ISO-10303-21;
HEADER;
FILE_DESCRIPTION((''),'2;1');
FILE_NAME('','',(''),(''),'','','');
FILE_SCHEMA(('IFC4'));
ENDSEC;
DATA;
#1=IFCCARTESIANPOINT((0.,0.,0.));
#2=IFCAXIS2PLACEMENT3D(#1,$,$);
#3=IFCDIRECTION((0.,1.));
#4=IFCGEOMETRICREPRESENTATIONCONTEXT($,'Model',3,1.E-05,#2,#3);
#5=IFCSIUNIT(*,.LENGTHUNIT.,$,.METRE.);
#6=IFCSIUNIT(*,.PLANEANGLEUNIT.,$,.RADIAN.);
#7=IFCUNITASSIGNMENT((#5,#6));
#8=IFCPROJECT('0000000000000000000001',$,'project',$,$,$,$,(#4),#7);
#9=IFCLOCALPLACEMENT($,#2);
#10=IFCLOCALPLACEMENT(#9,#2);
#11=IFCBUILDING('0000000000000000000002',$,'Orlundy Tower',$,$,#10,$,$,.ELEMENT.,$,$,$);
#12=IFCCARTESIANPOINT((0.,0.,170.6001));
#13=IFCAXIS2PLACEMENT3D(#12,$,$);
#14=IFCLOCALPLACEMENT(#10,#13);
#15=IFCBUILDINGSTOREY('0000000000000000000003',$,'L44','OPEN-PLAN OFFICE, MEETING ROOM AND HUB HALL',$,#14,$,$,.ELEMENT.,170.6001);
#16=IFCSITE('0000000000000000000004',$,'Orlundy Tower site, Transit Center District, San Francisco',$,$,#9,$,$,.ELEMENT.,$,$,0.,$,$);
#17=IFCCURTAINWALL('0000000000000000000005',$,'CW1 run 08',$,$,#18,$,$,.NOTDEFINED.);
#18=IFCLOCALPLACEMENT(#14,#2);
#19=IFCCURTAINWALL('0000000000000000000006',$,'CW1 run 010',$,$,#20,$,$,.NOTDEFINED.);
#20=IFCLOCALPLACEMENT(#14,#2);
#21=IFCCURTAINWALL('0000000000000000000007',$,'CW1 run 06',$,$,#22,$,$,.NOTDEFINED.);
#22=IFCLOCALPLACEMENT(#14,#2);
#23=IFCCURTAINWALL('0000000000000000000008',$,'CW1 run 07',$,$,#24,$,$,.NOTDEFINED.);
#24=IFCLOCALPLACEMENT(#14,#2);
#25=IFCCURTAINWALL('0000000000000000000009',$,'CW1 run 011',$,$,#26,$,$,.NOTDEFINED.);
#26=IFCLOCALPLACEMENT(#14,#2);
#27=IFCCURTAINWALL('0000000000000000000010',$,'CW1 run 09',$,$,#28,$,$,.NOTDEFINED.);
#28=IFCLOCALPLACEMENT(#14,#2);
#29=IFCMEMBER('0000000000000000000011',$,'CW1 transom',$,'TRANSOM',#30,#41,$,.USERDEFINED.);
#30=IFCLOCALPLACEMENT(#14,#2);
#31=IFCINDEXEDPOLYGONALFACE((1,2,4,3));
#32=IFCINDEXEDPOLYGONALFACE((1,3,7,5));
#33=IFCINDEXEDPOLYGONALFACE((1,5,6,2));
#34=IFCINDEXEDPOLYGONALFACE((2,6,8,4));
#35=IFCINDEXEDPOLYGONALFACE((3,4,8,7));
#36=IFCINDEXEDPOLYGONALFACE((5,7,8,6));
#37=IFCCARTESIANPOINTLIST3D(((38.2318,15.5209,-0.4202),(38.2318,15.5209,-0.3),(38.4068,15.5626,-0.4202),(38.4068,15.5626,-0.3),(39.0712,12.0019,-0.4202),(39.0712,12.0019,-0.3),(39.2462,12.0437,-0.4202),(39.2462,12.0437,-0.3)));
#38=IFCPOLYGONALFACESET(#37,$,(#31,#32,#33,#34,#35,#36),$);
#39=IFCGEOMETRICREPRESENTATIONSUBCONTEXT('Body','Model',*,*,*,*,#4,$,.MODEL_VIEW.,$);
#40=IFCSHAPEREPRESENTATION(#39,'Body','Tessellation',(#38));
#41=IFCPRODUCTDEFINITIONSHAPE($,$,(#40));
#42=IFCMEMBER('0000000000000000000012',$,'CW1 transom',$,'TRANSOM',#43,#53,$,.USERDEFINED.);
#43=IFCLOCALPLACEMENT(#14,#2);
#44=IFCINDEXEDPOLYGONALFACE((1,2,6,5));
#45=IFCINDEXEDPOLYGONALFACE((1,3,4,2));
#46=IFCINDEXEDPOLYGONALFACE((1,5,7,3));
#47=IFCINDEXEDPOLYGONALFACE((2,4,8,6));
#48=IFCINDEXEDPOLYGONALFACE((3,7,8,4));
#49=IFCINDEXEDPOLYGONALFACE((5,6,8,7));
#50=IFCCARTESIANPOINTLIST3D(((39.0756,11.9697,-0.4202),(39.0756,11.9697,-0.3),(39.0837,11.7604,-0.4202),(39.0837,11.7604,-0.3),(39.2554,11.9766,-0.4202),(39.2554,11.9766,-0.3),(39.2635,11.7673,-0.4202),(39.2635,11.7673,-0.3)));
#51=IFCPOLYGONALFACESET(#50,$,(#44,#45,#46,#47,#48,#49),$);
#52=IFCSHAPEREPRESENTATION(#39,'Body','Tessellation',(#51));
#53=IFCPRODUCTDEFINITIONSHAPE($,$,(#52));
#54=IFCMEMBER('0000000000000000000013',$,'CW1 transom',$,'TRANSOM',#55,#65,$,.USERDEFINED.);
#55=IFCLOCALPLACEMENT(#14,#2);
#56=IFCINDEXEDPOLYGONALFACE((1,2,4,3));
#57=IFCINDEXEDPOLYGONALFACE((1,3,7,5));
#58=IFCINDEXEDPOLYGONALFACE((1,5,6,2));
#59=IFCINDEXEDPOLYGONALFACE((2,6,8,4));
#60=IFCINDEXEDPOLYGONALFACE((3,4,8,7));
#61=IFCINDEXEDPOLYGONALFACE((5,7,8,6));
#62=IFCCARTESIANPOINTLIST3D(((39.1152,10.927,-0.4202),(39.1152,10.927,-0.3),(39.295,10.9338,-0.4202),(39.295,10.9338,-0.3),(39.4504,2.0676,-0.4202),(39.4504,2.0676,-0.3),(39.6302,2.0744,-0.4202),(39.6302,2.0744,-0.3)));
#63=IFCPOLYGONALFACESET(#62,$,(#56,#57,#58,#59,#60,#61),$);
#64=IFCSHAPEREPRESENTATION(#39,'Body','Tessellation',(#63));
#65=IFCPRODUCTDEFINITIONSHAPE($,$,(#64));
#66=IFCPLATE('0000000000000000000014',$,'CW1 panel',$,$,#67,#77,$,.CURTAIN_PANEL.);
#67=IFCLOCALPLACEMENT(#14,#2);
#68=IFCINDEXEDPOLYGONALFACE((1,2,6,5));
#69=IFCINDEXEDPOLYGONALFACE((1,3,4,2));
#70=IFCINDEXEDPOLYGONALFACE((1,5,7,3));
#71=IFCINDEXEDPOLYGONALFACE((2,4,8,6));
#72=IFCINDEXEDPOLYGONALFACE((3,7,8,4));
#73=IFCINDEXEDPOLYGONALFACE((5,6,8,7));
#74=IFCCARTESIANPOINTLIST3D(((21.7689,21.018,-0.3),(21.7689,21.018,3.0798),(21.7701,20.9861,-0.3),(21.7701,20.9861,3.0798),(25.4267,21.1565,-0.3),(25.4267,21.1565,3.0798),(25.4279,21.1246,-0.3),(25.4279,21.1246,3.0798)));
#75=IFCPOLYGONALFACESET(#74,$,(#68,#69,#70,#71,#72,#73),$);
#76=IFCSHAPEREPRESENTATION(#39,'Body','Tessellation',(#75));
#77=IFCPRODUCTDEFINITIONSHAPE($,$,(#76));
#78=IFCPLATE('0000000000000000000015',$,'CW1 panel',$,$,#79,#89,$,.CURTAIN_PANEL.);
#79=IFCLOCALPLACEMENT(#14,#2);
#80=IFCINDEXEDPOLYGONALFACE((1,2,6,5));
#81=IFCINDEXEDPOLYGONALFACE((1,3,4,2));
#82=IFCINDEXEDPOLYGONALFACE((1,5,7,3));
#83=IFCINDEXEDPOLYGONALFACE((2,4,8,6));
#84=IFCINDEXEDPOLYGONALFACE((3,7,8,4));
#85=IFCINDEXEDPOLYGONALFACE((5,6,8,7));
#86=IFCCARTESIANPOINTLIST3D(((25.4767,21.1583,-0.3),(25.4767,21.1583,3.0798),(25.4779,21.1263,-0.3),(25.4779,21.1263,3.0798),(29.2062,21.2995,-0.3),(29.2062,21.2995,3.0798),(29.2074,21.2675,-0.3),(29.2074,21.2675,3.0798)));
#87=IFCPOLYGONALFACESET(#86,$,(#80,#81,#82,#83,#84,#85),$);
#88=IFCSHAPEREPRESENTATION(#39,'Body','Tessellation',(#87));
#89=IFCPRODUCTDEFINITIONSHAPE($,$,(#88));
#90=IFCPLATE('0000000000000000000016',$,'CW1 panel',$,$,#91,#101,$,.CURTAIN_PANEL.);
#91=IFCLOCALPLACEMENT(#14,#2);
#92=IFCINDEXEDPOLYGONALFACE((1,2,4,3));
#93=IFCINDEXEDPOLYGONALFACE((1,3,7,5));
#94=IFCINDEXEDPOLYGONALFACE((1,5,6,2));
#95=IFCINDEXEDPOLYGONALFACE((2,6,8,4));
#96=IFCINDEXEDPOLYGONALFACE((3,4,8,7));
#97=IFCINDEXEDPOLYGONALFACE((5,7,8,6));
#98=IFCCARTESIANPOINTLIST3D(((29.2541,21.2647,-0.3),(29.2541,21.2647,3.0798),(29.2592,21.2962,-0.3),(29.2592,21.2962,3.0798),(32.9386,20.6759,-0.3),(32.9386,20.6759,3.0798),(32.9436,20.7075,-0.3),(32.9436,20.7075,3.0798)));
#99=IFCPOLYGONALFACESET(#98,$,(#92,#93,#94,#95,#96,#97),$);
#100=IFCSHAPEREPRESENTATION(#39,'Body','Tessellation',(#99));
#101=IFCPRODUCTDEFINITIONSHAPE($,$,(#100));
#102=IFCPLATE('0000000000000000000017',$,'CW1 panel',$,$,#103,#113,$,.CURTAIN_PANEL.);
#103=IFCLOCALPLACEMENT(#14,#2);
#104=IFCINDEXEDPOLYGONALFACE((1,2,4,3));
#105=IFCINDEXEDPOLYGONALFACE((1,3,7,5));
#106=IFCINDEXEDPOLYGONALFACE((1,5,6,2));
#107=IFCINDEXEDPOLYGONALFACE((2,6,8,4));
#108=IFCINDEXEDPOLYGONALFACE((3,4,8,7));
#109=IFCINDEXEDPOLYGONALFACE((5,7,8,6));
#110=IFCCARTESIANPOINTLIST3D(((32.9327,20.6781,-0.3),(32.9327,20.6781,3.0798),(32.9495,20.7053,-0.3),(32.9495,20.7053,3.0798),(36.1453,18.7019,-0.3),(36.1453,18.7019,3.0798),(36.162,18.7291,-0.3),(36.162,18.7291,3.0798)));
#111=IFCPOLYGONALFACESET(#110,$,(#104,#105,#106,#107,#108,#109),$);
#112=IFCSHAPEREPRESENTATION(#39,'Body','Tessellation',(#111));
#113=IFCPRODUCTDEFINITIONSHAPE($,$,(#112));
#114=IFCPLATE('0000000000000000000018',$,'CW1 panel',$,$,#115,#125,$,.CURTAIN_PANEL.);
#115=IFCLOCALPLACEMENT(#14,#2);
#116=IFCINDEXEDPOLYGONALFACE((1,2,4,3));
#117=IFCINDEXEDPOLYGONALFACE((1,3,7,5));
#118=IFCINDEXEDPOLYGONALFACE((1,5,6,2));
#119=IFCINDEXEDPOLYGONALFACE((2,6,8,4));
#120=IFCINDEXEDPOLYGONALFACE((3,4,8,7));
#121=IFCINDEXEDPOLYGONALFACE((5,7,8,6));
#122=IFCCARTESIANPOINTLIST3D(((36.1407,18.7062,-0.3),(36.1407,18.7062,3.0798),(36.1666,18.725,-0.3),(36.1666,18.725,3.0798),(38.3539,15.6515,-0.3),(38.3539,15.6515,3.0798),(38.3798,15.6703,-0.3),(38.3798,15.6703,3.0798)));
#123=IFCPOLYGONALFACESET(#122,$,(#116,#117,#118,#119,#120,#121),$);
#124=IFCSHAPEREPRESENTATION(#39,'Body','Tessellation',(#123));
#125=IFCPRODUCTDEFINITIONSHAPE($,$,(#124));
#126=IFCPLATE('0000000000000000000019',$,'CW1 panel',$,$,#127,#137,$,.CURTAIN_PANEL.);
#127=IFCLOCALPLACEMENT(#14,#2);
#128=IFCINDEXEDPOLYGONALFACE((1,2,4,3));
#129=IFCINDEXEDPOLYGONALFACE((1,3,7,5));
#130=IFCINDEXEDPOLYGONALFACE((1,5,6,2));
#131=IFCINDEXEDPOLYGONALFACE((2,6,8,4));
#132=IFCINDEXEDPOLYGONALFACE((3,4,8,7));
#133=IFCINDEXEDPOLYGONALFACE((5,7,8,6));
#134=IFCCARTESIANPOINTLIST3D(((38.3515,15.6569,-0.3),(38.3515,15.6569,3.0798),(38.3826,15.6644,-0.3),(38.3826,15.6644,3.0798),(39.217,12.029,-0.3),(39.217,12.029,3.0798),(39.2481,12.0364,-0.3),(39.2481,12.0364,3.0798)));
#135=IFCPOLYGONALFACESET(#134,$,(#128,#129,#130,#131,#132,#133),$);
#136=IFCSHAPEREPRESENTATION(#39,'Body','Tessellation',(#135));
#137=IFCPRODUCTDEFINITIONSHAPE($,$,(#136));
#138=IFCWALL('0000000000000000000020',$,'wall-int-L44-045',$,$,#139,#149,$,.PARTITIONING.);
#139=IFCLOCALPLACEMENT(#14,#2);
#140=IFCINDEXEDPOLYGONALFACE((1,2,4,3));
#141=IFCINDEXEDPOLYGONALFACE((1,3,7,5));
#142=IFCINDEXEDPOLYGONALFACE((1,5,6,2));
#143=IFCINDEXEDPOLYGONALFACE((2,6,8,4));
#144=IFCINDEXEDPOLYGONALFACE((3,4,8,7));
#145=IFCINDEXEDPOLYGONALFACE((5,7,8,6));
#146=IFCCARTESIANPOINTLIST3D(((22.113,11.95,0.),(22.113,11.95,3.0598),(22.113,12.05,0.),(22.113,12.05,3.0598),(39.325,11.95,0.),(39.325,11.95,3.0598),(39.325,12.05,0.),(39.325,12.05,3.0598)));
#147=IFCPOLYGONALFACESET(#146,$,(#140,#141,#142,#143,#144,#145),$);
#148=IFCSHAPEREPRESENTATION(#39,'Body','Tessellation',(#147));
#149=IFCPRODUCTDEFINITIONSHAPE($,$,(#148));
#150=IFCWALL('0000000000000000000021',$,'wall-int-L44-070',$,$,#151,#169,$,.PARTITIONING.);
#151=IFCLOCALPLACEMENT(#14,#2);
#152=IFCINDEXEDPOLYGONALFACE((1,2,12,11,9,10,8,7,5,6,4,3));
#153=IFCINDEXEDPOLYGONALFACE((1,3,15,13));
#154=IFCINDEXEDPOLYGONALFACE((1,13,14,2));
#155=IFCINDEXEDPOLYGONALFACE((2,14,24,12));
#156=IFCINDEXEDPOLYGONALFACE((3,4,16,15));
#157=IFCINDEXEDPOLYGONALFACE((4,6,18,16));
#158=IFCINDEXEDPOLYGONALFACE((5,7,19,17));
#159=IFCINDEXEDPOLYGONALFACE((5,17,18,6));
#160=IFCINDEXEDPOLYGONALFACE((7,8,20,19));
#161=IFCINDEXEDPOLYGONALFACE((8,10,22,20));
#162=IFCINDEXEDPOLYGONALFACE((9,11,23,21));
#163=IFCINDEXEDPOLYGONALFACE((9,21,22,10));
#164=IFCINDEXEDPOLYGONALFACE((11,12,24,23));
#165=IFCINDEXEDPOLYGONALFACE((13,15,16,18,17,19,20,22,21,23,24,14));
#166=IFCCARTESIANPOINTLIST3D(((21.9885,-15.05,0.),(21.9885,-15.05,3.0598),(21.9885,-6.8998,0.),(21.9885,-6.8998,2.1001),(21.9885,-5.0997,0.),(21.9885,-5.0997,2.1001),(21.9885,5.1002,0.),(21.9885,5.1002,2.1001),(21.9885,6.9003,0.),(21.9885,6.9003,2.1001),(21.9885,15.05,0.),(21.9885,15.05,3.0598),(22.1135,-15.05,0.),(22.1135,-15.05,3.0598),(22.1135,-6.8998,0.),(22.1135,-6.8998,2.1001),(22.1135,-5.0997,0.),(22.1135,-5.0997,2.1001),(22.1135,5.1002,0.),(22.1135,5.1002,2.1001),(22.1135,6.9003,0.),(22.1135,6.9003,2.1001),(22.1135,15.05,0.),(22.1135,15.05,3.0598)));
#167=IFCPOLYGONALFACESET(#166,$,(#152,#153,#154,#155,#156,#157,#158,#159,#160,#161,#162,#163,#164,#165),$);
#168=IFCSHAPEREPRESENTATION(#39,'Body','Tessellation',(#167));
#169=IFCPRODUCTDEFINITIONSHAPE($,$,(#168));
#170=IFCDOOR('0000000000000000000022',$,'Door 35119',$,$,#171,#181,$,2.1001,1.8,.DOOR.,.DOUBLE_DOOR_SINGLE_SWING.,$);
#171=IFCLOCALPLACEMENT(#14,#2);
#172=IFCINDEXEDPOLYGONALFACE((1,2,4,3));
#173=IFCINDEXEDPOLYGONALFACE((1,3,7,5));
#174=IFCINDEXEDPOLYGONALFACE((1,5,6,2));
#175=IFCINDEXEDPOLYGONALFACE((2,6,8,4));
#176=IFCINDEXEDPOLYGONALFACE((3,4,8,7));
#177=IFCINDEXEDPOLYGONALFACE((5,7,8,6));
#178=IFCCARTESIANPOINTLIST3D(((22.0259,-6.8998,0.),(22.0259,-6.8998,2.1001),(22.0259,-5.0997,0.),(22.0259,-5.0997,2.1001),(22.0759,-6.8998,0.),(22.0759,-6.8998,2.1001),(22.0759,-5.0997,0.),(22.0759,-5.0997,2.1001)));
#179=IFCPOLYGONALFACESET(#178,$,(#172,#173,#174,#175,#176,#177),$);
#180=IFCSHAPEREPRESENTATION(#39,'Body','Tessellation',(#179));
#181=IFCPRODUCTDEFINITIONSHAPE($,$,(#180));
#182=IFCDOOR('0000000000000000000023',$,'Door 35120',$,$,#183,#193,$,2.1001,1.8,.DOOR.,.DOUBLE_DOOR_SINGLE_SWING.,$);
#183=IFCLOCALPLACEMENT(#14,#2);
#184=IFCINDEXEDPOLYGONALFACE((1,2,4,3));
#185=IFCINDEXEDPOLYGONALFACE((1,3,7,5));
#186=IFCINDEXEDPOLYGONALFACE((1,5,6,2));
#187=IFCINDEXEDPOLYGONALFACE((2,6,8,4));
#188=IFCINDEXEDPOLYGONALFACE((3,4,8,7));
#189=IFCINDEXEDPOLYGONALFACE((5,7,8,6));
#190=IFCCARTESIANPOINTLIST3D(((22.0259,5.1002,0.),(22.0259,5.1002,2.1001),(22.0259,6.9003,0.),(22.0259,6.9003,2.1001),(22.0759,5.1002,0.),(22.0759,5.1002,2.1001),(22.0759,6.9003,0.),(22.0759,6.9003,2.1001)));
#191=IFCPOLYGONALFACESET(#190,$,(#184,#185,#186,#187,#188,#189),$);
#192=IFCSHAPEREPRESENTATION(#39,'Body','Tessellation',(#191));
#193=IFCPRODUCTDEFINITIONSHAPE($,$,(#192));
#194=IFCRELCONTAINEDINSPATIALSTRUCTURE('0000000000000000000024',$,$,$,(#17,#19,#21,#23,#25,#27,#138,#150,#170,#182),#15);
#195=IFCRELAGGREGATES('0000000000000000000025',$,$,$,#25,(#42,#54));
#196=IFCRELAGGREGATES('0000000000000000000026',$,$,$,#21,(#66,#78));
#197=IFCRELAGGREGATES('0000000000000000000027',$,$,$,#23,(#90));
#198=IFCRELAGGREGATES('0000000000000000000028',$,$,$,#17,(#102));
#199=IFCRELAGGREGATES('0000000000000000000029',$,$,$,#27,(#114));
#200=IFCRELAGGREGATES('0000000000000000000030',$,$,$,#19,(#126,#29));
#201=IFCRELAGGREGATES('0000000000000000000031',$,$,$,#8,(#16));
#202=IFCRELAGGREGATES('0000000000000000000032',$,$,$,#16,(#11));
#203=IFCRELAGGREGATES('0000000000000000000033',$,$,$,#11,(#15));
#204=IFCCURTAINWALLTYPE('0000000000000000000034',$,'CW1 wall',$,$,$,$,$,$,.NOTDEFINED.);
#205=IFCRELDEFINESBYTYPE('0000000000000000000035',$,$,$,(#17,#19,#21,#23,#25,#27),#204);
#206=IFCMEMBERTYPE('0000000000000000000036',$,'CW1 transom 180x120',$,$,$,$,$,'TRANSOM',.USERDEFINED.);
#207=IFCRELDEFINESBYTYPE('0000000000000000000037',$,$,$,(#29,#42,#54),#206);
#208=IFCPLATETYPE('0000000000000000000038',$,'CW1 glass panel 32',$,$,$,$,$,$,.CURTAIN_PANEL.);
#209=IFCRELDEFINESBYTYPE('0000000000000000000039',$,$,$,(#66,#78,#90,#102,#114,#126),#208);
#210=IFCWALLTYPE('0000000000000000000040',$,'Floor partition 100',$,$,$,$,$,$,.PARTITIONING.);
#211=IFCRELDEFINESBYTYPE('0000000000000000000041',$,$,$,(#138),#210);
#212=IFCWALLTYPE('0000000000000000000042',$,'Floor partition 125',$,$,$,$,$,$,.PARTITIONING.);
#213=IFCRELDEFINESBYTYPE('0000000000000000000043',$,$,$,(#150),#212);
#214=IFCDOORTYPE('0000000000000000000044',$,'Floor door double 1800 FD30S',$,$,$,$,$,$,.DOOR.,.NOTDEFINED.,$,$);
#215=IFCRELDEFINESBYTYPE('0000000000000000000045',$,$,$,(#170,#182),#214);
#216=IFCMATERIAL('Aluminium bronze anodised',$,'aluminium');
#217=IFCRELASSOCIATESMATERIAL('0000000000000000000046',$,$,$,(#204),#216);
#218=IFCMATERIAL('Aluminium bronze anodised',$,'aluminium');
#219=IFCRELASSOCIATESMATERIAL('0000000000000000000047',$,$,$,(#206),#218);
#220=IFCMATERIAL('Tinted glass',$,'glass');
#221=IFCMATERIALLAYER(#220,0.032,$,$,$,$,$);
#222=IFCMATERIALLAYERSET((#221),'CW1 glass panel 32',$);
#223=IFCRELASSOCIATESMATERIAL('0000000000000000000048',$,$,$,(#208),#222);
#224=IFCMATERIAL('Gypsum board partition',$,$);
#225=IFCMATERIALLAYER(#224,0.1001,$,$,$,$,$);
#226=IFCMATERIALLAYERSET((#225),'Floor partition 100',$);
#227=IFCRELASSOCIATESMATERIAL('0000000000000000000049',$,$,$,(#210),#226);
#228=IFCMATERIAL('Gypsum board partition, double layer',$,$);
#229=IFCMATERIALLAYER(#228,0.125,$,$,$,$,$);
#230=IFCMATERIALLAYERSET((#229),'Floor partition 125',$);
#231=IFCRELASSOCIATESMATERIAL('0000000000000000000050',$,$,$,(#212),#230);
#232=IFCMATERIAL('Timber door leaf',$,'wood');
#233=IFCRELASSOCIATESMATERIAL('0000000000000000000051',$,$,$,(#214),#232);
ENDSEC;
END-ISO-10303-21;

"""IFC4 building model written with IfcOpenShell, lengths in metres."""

from ifc_helpers import new_model, si_unit, direction, frame, frame_2d, origin, origin_2d, place, context, subcontext, project, spatial, rectangle, extrude, material, layer, layer_set, material_profile, profile_set, type_object, element, fill, aggregate, save


model = new_model("IFC4")

# Units and contexts
model_context = context("Model", 3, precision=1e-05, world=origin(), true_north=direction((0.0, 1.0)))
body_context = subcontext(model_context, "Body", "Model", "MODEL_VIEW")
ifc_project = project(units=[si_unit("LENGTHUNIT", "METRE"), si_unit("PLANEANGLEUNIT", "RADIAN")], contexts=[model_context])

# Site, building, storey
site_placement = place(None, origin())
site = spatial("IfcSite", under=ifc_project, at=site_placement, Name="Orlundy Tower site, Transit Center District, San Francisco", CompositionType="ELEMENT", RefElevation=0.0)
building_placement = place(site_placement, origin())
building = spatial("IfcBuilding", under=site, at=building_placement, Name="Orlundy Tower", CompositionType="ELEMENT")
storey_placement = place(building_placement, frame((0.0, 0.0, 170.6001)))
storey = spatial("IfcBuildingStorey", under=building, at=storey_placement, Name="L44", Description="OPEN-PLAN OFFICE, MEETING ROOM AND HUB HALL", CompositionType="ELEMENT", Elevation=170.6001)

# Curtain walls
ifc_material_1 = material(Name="Aluminium bronze anodised", Category="aluminium")
curtain_wall_type = type_object("IfcCurtainWallType", Name="CW1 wall", PredefinedType="NOTDEFINED", material=ifc_material_1)
curtain_wall_1_placement = place(storey_placement, origin())
curtain_wall_1 = element("IfcCurtainWall", 1, at=curtain_wall_1_placement, inside=storey, type_object=curtain_wall_type, Name="CW1 run 08", PredefinedType="NOTDEFINED")
curtain_wall_2_placement = place(storey_placement, origin())
curtain_wall_2 = element("IfcCurtainWall", 2, at=curtain_wall_2_placement, inside=storey, type_object=curtain_wall_type, Name="CW1 run 010", PredefinedType="NOTDEFINED")
curtain_wall_3_placement = place(storey_placement, origin())
curtain_wall_3 = element("IfcCurtainWall", 3, at=curtain_wall_3_placement, inside=storey, type_object=curtain_wall_type, Name="CW1 run 06", PredefinedType="NOTDEFINED")
curtain_wall_4_placement = place(storey_placement, origin())
curtain_wall_4 = element("IfcCurtainWall", 4, at=curtain_wall_4_placement, inside=storey, type_object=curtain_wall_type, Name="CW1 run 07", PredefinedType="NOTDEFINED")
curtain_wall_5_placement = place(storey_placement, origin())
curtain_wall_5 = element("IfcCurtainWall", 5, at=curtain_wall_5_placement, inside=storey, type_object=curtain_wall_type, Name="CW1 run 011", PredefinedType="NOTDEFINED")

# Shared definitions
ifc_material_2 = material(Name="Aluminium bronze anodised", Category="aluminium")
ifc_material_profile_1 = material_profile(ifc_material_2, rectangle(XDim=0.1799, YDim=0.1201, at=origin_2d()), Name="CW1 transom 180x120")
ifc_profile_set_1 = profile_set([ifc_material_profile_1], Name="Aluminium bronze anodised")
member_type_1 = type_object("IfcMemberType", Name="CW1 transom 180x120", ElementType="TRANSOM", PredefinedType="USERDEFINED", material=ifc_profile_set_1)

# Curtain wall
curtain_wall_6_placement = place(storey_placement, origin())
curtain_wall_6 = element("IfcCurtainWall", 6, at=curtain_wall_6_placement, inside=storey, type_object=curtain_wall_type, Name="CW1 run 09", PredefinedType="NOTDEFINED")

# Members
member_1_placement = place(storey_placement, frame((38.3193, 15.5417, -0.3601), z_axis=(0.23201, -0.972713, 0.0), x_axis=(0.972713, 0.23201, 0.0)))
member_1 = element("IfcMember", 7, at=member_1_placement, type_object=member_type_1, Name="CW1 transom", ObjectType="TRANSOM", PredefinedType="USERDEFINED", context=body_context, shape_type="SweptSolid", body=[
    extrude(rectangle(XDim=0.1799, YDim=0.1201, at=origin_2d()), origin(), (0.0, 0.0, 1.0), 3.6177),
])
member_2_placement = place(storey_placement, frame((39.1655, 11.9731, -0.3601), z_axis=(0.038478, -0.999259, 0.0), x_axis=(0.999259, 0.038478, 0.0)))
member_2 = element("IfcMember", 8, at=member_2_placement, type_object=member_type_1, Name="CW1 transom", ObjectType="TRANSOM", PredefinedType="USERDEFINED", context=body_context, shape_type="SweptSolid", body=[
    extrude(rectangle(XDim=0.1799, YDim=0.1201, at=origin_2d()), origin(), (0.0, 0.0, 1.0), 0.2095),
])
member_3_placement = place(storey_placement, frame((39.2051, 10.9304, -0.3601), z_axis=(0.037809, -0.999285, 0.0), x_axis=(0.999285, 0.037809, 0.0)))
member_3 = element("IfcMember", 9, at=member_3_placement, type_object=member_type_1, Name="CW1 transom", ObjectType="TRANSOM", PredefinedType="USERDEFINED", context=body_context, shape_type="SweptSolid", body=[
    extrude(rectangle(XDim=0.1799, YDim=0.1201, at=origin_2d()), origin(), (0.0, 0.0, 1.0), 8.8657),
])
aggregate(curtain_wall_5, [member_2, member_3])

# Plates
ifc_material_3 = material(Name="Tinted glass", Category="glass")
ifc_layer_1 = layer(ifc_material_3, 0.032)
ifc_layer_set_1 = layer_set([ifc_layer_1], Name="CW1 glass panel 32")
plate_type = type_object("IfcPlateType", Name="CW1 glass panel 32", PredefinedType="CURTAIN_PANEL", material=ifc_layer_set_1)
plate_1_placement = place(storey_placement, frame((23.5984, 21.0713, -0.3), z_axis=(0.0, 0.0, 1.0), x_axis=(0.999284, 0.037837, 0.0)))
plate_1 = element("IfcPlate", 10, at=plate_1_placement, type_object=plate_type, Name="CW1 panel", PredefinedType="CURTAIN_PANEL", context=body_context, shape_type="SweptSolid", body=[
    extrude(rectangle(XDim=3.6604, YDim=0.032, at=origin_2d()), origin(), (0.0, 0.0, 1.0), 3.3799),
])
plate_2_placement = place(storey_placement, frame((27.342, 21.2129, -0.3), z_axis=(0.0, 0.0, 1.0), x_axis=(0.999284, 0.037837, 0.0)))
plate_2 = element("IfcPlate", 11, at=plate_2_placement, type_object=plate_type, Name="CW1 panel", PredefinedType="CURTAIN_PANEL", context=body_context, shape_type="SweptSolid", body=[
    extrude(rectangle(XDim=3.7322, YDim=0.032, at=origin_2d()), origin(), (0.0, 0.0, 1.0), 3.3799),
])
aggregate(curtain_wall_3, [plate_1, plate_2])
plate_3_placement = place(storey_placement, frame((31.0989, 20.9861, -0.3), z_axis=(0.0, 0.0, 1.0), x_axis=(0.987473, -0.157791, 0.0)))
plate_3 = element("IfcPlate", 12, at=plate_3_placement, type_object=plate_type, Name="CW1 panel", PredefinedType="CURTAIN_PANEL", context=body_context, shape_type="SweptSolid", body=[
    extrude(rectangle(XDim=3.7312, YDim=0.032, at=origin_2d()), origin(), (0.0, 0.0, 1.0), 3.3799),
])
aggregate(curtain_wall_4, [plate_3])
plate_4_placement = place(storey_placement, frame((34.5474, 19.7036, -0.3), z_axis=(0.0, 0.0, 1.0), x_axis=(0.851751, -0.523947, 0.0)))
plate_4 = element("IfcPlate", 13, at=plate_4_placement, type_object=plate_type, Name="CW1 panel", PredefinedType="CURTAIN_PANEL", context=body_context, shape_type="SweptSolid", body=[
    extrude(rectangle(XDim=3.7717, YDim=0.032, at=origin_2d()), origin(), (0.0, 0.0, 1.0), 3.3799),
])
aggregate(curtain_wall_1, [plate_4])
plate_5_placement = place(storey_placement, frame((37.2603, 17.1882, -0.3), z_axis=(0.0, 0.0, 1.0), x_axis=(0.586711, -0.809796, 0.0)))
plate_5 = element("IfcPlate", 14, at=plate_5_placement, type_object=plate_type, Name="CW1 panel", PredefinedType="CURTAIN_PANEL", context=body_context, shape_type="SweptSolid", body=[
    extrude(rectangle(XDim=3.7722, YDim=0.032, at=origin_2d()), origin(), (0.0, 0.0, 1.0), 3.3799),
])
aggregate(curtain_wall_6, [plate_5])
plate_6_placement = place(storey_placement, frame((38.7998, 13.8467, -0.3), z_axis=(0.0, 0.0, 1.0), x_axis=(0.232046, -0.972705, 0.0)))
plate_6 = element("IfcPlate", 15, at=plate_6_placement, type_object=plate_type, Name="CW1 panel", PredefinedType="CURTAIN_PANEL", context=body_context, shape_type="SweptSolid", body=[
    extrude(rectangle(XDim=3.7297, YDim=0.032, at=origin_2d()), origin(), (0.0, 0.0, 1.0), 3.3799),
])
aggregate(curtain_wall_2, [plate_6, member_1])

# Wall
ifc_material_4 = material(Name="Gypsum board partition")
ifc_layer_2 = layer(ifc_material_4, 0.1001)
ifc_layer_set_2 = layer_set([ifc_layer_2], Name="Floor partition 100")
wall_type_1 = type_object("IfcWallType", Name="Floor partition 100", PredefinedType="PARTITIONING", material=ifc_layer_set_2)
wall_1_placement = place(storey_placement, frame((22.113, 12.0, 0.0), z_axis=(0.0, 0.0, 1.0), x_axis=(1.0, 0.0, 0.0)))
element("IfcWall", 16, at=wall_1_placement, inside=storey, type_object=wall_type_1, Name="wall-int-L44-045", PredefinedType="PARTITIONING", context=body_context, shape_type="SweptSolid", body=[
    extrude(rectangle(XDim=17.2119, YDim=0.1001, at=frame_2d((8.606, 0.0))), origin(), (0.0, 0.0, 1.0), 3.0598),
])

# Wall, openings, doors
ifc_material_5 = material(Name="Gypsum board partition, double layer")
ifc_layer_3 = layer(ifc_material_5, 0.125)
ifc_layer_set_3 = layer_set([ifc_layer_3], Name="Floor partition 125")
wall_type_2 = type_object("IfcWallType", Name="Floor partition 125", PredefinedType="PARTITIONING", material=ifc_layer_set_3)
wall_2_placement = place(storey_placement, frame((22.051, 15.05, 0.0), z_axis=(0.0, 0.0, 1.0), x_axis=(0.0, -1.0, 0.0)))
wall_2 = element("IfcWall", 17, at=wall_2_placement, inside=storey, type_object=wall_type_2, Name="wall-int-L44-070", PredefinedType="PARTITIONING", context=body_context, shape_type="SweptSolid", body=[
    extrude(rectangle(XDim=30.1001, YDim=0.125, at=frame_2d((15.05, 0.0))), origin(), (0.0, 0.0, 1.0), 3.0598),
])
opening_1_placement = place(wall_2_placement, frame((20.1499, 0.0, 0.0)))
opening_1 = element("IfcOpeningElement", 18, at=opening_1_placement, cuts=wall_2, PredefinedType="OPENING", context=body_context, shape_type="SweptSolid", body=[
    extrude(rectangle(XDim=1.8, YDim=2.1001, at=frame_2d((0.8999, 1.05))), frame((0.0, 0.0725, 0.0), z_axis=(0.0, -1.0, 0.0), x_axis=(1.0, 0.0, 0.0)), (0.0, 0.0, 1.0), 0.145),
])
opening_2_placement = place(wall_2_placement, frame((8.1499, 0.0, 0.0)))
opening_2 = element("IfcOpeningElement", 19, at=opening_2_placement, cuts=wall_2, PredefinedType="OPENING", context=body_context, shape_type="SweptSolid", body=[
    extrude(rectangle(XDim=1.8, YDim=2.1001, at=frame_2d((0.8999, 1.05))), frame((0.0, 0.0725, 0.0), z_axis=(0.0, -1.0, 0.0), x_axis=(1.0, 0.0, 0.0)), (0.0, 0.0, 1.0), 0.145),
])
ifc_material_6 = material(Name="Timber door leaf", Category="wood")
door_type = type_object("IfcDoorType", Name="Floor door double 1800 FD30S", OperationType="NOTDEFINED", PredefinedType="DOOR", material=ifc_material_6)
door_1_placement = place(opening_1_placement, origin())
door_1 = element("IfcDoor", 20, at=door_1_placement, inside=storey, type_object=door_type, Name="Door 35119", OperationType="DOUBLE_DOOR_SINGLE_SWING", OverallHeight=2.1001, OverallWidth=1.8, PredefinedType="DOOR", context=body_context, shape_type="SweptSolid", body=[
    extrude(rectangle(XDim=1.8, YDim=2.1001, at=frame_2d((0.8999, 1.05))), frame((0.0, 0.0249, 0.0), z_axis=(0.0, -1.0, 0.0), x_axis=(1.0, 0.0, 0.0)), (0.0, 0.0, 1.0), 0.05),
])
fill(opening_1, door_1)
door_2_placement = place(opening_2_placement, origin())
door_2 = element("IfcDoor", 21, at=door_2_placement, inside=storey, type_object=door_type, Name="Door 35120", OperationType="DOUBLE_DOOR_SINGLE_SWING", OverallHeight=2.1001, OverallWidth=1.8, PredefinedType="DOOR", context=body_context, shape_type="SweptSolid", body=[
    extrude(rectangle(XDim=1.8, YDim=2.1001, at=frame_2d((0.8999, 1.05))), frame((0.0, 0.0249, 0.0), z_axis=(0.0, -1.0, 0.0), x_axis=(1.0, 0.0, 0.0)), (0.0, 0.0, 1.0), 0.05),
])
fill(opening_2, door_2)

save(model, "model.ifc")
